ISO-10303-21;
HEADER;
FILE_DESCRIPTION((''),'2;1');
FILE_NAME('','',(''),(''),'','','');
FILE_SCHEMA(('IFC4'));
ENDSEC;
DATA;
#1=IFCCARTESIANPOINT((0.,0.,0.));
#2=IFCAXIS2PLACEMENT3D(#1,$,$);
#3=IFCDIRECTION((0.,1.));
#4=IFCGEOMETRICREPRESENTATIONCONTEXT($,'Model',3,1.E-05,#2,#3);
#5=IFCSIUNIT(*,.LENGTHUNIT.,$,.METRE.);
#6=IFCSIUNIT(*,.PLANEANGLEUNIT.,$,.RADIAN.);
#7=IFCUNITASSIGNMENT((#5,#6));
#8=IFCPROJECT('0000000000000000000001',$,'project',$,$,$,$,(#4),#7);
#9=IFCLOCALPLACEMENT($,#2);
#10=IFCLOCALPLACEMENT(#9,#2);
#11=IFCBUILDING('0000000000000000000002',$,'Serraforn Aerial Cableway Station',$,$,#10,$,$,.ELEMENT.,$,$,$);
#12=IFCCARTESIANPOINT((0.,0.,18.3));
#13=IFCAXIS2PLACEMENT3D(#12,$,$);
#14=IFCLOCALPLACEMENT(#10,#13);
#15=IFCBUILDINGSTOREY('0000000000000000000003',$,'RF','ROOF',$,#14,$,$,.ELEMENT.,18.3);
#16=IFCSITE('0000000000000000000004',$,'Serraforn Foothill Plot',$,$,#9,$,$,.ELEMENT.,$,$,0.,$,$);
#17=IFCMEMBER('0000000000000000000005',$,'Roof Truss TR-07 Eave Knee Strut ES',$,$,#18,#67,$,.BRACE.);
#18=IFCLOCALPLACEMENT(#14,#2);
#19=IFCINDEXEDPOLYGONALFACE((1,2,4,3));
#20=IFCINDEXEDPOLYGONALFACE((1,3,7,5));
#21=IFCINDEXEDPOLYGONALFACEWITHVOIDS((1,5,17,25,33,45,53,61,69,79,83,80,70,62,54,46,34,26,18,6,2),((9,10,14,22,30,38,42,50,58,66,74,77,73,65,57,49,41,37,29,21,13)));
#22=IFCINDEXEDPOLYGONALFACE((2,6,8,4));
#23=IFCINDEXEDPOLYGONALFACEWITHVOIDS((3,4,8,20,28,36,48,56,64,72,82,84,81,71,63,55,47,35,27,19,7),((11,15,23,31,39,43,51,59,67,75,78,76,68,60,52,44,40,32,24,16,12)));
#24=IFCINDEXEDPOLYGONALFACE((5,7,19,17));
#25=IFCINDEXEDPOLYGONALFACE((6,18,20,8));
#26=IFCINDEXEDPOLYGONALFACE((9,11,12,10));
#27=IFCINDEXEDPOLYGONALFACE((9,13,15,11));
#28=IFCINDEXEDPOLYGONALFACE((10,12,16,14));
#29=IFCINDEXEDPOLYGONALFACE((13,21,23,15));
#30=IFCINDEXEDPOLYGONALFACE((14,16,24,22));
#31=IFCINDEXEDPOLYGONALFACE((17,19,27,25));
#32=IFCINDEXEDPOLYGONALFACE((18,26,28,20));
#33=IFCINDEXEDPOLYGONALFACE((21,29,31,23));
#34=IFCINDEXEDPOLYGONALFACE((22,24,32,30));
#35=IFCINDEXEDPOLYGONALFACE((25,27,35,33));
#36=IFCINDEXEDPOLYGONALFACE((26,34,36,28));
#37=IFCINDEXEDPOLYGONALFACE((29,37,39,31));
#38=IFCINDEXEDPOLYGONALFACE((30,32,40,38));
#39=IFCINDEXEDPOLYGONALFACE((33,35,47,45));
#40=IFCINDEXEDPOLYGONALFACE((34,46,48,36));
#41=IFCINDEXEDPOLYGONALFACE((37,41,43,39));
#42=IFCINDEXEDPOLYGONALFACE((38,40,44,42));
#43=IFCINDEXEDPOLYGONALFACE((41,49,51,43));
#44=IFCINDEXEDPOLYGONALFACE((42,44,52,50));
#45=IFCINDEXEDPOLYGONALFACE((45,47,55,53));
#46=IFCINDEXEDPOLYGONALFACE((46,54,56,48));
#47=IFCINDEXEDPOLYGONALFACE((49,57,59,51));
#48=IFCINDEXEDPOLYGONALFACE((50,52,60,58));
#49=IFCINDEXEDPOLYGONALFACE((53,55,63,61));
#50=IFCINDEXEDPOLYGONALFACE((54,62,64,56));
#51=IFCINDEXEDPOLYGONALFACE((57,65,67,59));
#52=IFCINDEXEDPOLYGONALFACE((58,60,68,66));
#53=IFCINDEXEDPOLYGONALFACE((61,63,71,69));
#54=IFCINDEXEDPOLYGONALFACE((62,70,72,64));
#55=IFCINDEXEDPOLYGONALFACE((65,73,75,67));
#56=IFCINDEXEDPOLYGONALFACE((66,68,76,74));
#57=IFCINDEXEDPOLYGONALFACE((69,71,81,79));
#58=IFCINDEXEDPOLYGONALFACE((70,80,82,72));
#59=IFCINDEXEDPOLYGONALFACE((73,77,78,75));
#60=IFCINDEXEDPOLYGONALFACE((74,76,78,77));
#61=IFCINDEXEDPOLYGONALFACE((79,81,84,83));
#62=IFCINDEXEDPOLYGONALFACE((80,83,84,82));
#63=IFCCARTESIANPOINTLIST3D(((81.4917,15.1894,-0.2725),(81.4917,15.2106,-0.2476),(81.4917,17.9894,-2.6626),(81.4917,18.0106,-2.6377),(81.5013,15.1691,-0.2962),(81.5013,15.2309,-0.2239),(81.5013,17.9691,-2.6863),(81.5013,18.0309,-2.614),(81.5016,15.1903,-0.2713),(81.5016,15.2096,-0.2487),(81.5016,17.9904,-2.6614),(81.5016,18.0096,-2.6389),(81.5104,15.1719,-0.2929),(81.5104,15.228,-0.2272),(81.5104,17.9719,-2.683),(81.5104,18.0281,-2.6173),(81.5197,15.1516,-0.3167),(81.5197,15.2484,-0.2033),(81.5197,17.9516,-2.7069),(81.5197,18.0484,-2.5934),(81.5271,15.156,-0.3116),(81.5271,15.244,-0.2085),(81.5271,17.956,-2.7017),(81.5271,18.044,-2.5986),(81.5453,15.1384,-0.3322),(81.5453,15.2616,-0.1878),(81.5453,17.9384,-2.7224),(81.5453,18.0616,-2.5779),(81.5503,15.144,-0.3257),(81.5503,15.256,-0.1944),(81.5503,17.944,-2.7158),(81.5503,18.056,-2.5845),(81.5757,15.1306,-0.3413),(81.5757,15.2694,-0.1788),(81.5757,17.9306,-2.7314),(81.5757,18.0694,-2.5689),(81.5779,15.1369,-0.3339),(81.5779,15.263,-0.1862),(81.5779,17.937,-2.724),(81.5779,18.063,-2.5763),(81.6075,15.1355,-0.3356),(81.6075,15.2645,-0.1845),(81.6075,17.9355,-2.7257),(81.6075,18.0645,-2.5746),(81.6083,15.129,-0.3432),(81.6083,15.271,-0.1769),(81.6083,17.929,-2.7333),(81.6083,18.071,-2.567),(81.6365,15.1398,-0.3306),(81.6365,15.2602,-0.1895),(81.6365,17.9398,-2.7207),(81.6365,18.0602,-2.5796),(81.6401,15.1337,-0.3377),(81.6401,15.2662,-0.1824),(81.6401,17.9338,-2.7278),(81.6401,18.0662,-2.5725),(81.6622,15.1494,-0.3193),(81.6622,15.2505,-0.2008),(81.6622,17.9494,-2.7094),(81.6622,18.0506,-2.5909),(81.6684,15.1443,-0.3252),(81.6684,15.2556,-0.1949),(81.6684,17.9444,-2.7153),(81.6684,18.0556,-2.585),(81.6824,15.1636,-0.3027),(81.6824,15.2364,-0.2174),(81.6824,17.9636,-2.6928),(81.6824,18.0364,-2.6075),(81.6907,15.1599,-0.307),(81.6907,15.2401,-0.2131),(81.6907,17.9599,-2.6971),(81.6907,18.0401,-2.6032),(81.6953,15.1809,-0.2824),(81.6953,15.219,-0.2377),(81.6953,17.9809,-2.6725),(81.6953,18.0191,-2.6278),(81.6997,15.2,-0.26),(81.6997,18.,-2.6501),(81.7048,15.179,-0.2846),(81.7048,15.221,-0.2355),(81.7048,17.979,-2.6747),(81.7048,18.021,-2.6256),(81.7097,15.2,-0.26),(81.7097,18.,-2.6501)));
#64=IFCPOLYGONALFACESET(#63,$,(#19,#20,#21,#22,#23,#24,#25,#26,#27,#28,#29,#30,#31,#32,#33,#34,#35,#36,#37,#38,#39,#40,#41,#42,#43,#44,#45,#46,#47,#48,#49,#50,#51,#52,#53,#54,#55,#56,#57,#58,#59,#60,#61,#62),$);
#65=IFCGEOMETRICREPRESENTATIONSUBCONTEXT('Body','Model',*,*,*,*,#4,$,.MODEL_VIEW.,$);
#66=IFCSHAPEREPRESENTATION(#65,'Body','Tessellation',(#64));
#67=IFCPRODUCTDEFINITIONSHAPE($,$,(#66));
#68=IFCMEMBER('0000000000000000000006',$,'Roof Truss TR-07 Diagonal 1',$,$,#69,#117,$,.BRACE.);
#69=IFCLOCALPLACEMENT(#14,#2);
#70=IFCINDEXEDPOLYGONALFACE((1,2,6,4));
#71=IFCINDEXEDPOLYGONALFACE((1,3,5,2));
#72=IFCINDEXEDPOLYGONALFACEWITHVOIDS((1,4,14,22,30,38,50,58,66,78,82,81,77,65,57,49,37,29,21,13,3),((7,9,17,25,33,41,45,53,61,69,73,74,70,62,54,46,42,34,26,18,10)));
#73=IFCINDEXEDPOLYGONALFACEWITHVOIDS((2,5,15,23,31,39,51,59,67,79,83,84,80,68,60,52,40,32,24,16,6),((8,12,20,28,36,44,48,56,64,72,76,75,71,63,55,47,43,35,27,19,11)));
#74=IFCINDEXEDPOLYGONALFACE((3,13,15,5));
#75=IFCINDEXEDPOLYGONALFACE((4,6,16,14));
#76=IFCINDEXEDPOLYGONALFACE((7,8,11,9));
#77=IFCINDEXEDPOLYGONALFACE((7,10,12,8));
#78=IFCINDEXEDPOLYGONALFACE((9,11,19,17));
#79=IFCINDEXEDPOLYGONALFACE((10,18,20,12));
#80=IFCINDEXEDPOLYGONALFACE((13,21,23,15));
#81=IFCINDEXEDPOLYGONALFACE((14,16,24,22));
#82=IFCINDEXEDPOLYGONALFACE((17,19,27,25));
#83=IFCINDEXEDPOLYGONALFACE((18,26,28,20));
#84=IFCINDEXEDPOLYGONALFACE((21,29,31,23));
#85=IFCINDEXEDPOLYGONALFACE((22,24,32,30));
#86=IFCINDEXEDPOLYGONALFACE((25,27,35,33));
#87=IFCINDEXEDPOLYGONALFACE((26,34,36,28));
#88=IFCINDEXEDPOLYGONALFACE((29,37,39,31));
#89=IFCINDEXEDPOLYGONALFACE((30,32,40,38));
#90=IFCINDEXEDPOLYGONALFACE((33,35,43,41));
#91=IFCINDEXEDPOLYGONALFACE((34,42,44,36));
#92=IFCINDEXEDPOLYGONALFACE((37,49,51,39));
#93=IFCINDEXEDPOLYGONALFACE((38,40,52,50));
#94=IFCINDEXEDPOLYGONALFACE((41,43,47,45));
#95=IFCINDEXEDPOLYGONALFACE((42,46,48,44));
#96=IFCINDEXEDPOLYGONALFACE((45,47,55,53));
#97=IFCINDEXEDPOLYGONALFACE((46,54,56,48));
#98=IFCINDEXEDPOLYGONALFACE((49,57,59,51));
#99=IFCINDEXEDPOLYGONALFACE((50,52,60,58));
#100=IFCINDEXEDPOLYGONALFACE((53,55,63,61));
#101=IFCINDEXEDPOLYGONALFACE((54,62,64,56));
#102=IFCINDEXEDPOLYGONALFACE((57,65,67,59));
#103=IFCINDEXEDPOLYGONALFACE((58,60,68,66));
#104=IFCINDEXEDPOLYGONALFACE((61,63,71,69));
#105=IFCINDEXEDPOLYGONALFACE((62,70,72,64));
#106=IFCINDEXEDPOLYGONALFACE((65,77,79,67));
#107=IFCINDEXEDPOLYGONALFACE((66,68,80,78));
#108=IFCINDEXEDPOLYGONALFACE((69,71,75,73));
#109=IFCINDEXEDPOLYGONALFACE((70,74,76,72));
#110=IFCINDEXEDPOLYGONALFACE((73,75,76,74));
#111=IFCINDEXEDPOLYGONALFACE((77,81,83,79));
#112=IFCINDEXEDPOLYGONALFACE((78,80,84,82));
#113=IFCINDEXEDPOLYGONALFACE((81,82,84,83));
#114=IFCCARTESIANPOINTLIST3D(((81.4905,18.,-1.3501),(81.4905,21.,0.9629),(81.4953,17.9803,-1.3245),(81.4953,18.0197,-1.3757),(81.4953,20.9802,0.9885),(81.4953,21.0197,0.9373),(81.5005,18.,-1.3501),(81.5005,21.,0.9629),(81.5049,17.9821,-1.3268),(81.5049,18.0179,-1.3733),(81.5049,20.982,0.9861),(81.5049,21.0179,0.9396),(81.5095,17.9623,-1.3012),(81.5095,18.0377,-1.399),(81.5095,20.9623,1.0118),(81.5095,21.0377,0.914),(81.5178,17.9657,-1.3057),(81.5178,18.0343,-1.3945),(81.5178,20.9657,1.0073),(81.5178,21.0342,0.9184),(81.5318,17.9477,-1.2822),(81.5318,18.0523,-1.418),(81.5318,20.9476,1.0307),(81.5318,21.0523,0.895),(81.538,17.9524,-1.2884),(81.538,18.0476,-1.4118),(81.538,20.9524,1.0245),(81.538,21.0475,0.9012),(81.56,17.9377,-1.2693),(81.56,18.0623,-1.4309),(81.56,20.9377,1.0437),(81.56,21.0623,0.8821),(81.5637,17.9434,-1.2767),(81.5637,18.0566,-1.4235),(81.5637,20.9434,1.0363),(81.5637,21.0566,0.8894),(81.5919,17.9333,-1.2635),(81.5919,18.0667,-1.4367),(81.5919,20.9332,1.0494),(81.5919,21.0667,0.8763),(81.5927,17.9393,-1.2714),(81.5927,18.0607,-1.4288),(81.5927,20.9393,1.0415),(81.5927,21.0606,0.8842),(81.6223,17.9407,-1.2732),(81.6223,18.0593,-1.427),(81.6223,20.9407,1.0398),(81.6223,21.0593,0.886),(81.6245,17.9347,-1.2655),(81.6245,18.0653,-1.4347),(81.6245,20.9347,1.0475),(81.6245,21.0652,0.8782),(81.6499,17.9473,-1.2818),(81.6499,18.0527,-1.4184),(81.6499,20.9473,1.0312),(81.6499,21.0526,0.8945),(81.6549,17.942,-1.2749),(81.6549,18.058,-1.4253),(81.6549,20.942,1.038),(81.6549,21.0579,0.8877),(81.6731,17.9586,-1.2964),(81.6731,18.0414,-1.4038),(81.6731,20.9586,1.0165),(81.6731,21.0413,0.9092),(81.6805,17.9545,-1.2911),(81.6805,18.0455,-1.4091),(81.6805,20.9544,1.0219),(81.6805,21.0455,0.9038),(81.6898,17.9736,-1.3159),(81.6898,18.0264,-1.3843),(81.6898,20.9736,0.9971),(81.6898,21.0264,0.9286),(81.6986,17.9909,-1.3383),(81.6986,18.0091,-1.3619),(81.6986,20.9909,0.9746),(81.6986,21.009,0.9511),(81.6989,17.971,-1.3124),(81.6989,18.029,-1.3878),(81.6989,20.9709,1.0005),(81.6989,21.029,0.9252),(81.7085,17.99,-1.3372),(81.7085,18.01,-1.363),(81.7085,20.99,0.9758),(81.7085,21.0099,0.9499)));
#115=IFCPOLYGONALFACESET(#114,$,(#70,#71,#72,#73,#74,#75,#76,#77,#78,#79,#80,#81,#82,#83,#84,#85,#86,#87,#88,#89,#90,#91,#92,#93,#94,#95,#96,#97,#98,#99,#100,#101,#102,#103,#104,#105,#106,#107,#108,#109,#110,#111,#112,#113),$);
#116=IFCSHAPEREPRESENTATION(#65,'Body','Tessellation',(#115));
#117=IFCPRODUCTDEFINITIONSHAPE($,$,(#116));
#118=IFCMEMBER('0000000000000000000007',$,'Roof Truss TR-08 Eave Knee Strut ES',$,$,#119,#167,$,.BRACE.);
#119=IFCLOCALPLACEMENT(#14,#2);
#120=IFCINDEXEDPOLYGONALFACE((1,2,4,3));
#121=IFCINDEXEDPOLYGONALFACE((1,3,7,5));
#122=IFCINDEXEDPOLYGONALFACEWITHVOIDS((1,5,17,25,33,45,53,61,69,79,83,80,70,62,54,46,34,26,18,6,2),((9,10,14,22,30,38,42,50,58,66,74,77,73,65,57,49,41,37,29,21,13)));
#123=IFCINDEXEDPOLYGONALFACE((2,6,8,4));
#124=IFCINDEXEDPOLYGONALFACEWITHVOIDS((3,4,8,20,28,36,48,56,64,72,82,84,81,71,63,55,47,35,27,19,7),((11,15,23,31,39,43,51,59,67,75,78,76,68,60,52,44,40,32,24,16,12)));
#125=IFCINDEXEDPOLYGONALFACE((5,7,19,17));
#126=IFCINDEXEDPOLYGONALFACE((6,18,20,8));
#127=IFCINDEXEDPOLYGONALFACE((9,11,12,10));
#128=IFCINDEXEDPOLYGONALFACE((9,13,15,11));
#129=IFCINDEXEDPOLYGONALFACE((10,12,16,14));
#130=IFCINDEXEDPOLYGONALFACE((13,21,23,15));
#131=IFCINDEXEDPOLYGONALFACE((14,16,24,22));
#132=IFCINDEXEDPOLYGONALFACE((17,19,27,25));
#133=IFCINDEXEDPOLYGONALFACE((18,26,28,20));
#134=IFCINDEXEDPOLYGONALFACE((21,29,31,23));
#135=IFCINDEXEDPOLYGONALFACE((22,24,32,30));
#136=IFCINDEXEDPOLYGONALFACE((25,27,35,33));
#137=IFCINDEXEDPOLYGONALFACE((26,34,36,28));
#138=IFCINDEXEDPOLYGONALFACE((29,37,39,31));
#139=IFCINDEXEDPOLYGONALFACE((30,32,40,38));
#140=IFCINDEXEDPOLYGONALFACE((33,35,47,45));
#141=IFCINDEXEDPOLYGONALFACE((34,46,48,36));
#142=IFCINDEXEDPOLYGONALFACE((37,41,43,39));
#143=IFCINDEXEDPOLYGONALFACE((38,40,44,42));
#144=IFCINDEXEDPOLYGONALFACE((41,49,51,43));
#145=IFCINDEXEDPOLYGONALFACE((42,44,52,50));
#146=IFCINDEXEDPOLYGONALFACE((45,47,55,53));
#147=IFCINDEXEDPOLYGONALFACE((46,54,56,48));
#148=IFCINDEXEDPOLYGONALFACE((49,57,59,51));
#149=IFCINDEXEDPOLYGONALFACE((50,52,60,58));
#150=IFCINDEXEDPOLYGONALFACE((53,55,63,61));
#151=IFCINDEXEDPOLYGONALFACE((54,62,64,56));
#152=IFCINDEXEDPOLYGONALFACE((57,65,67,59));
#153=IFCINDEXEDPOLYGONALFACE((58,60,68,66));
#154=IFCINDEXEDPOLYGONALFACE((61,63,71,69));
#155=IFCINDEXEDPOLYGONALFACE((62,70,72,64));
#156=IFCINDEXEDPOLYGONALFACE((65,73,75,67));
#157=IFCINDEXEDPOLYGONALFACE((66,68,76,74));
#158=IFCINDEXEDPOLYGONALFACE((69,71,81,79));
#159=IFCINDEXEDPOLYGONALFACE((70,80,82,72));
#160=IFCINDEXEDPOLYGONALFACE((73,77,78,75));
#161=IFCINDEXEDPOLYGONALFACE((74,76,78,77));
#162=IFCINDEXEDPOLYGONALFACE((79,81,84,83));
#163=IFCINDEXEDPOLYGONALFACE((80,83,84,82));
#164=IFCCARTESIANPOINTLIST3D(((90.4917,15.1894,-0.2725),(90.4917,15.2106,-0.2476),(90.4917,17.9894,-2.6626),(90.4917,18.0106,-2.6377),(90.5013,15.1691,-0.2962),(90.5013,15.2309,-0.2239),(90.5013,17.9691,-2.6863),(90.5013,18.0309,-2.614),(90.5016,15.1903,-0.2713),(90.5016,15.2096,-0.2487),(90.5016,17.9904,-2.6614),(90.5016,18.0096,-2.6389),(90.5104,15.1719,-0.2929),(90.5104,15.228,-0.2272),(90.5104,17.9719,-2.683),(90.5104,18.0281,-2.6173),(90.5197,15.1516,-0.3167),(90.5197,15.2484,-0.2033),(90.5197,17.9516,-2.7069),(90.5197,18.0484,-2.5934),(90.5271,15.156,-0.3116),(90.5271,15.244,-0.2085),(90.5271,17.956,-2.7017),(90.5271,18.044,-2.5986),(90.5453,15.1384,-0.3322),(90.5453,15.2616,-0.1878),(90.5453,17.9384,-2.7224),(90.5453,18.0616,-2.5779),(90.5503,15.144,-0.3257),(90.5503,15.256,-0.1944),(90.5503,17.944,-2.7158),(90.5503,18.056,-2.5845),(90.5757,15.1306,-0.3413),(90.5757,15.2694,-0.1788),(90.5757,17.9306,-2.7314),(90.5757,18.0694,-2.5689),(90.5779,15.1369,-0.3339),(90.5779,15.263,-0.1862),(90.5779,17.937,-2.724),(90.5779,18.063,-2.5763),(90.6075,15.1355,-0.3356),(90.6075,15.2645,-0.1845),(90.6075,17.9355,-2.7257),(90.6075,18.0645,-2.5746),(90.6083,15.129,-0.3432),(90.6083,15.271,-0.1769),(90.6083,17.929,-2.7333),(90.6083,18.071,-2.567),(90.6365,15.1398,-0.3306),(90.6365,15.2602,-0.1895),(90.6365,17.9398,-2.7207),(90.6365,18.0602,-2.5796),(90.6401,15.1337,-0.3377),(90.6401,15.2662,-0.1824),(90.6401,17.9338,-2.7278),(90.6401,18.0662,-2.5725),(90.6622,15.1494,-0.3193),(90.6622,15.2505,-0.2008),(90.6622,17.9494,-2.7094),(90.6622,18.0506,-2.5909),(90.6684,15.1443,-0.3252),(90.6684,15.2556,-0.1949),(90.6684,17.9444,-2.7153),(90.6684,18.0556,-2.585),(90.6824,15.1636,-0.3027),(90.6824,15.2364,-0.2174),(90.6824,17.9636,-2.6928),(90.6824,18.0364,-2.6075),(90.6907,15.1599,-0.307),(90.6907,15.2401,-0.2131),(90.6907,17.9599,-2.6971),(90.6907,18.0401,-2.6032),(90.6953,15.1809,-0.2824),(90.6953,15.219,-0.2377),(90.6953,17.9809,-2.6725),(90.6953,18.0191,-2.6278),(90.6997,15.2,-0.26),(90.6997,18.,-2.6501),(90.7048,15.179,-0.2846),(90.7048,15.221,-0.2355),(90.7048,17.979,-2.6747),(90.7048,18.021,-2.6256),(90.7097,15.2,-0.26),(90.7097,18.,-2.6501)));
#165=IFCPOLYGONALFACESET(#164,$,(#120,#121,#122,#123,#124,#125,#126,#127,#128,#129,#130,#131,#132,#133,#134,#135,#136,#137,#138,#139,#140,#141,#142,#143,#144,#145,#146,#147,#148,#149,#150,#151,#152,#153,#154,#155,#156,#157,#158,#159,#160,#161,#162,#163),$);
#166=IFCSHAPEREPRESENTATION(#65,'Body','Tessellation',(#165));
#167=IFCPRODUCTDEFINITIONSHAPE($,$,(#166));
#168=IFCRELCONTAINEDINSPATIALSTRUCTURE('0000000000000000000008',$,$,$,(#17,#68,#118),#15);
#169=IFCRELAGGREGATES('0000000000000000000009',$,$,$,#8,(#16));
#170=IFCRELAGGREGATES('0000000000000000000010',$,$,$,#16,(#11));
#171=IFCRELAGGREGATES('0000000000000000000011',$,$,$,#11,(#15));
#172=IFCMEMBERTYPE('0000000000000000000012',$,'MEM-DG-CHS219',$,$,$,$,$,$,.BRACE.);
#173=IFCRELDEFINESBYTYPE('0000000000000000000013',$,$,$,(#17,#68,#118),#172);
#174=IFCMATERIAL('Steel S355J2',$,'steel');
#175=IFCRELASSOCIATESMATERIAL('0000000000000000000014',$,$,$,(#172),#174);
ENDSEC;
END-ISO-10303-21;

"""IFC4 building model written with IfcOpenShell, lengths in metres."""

from ifc_helpers import new_model, si_unit, direction, frame, origin, origin_2d, place, context, subcontext, project, spatial, hollow_circle, extrude, material, material_profile, profile_set, type_object, element, save


model = new_model("IFC4")

# Units and contexts
model_context = context("Model", 3, precision=1e-05, world=origin(), true_north=direction((0.0, 1.0)))
body_context = subcontext(model_context, "Body", "Model", "MODEL_VIEW")
ifc_project = project(units=[si_unit("LENGTHUNIT", "METRE"), si_unit("PLANEANGLEUNIT", "RADIAN")], contexts=[model_context])

# Site, building, storey
site_placement = place(None, origin())
site = spatial("IfcSite", under=ifc_project, at=site_placement, Name="Serraforn Foothill Plot", CompositionType="ELEMENT", RefElevation=0.0)
building_placement = place(site_placement, origin())
building = spatial("IfcBuilding", under=site, at=building_placement, Name="Serraforn Aerial Cableway Station", CompositionType="ELEMENT")
storey_placement = place(building_placement, frame((0.0, 0.0, 18.3)))
storey = spatial("IfcBuildingStorey", under=building, at=storey_placement, Name="RF", Description="ROOF", CompositionType="ELEMENT", Elevation=18.3)

# Members
ifc_material_1 = material(Name="Steel S355J2", Category="steel")
ifc_material_profile_1 = material_profile(ifc_material_1, hollow_circle(Radius=0.1096, WallThickness=0.01, at=origin_2d()), Name="CHS 219.1x10.0")
ifc_profile_set_1 = profile_set([ifc_material_profile_1], Name="Steel S355J2")
member_type_1 = type_object("IfcMemberType", Name="MEM-DG-CHS219", PredefinedType="BRACE", material=ifc_profile_set_1)
member_1_placement = place(storey_placement, frame((81.6001, 18.0, -2.6501), z_axis=(0.0, -0.760584, 0.649239), x_axis=(1.0, 0.0, 0.0)))
element("IfcMember", 1, at=member_1_placement, inside=storey, type_object=member_type_1, Name="Roof Truss TR-07 Eave Knee Strut ES", PredefinedType="BRACE", context=body_context, shape_type="SweptSolid", body=[
    extrude(hollow_circle(Radius=0.1096, WallThickness=0.01, at=origin_2d()), origin(), (0.0, 0.0, 1.0), 3.6814),
])
member_2_placement = place(storey_placement, frame((81.6001, 18.0, -1.3501), z_axis=(0.0, 0.791948, 0.610589), x_axis=(-1.0, 0.0, 0.0)))
element("IfcMember", 2, at=member_2_placement, inside=storey, type_object=member_type_1, Name="Roof Truss TR-07 Diagonal 1", PredefinedType="BRACE", context=body_context, shape_type="SweptSolid", body=[
    extrude(hollow_circle(Radius=0.1096, WallThickness=0.01, at=origin_2d()), origin(), (0.0, 0.0, 1.0), 3.7881),
])
member_3_placement = place(storey_placement, frame((90.6001, 18.0, -2.6501), z_axis=(0.0, -0.760584, 0.649239), x_axis=(1.0, 0.0, 0.0)))
element("IfcMember", 3, at=member_3_placement, inside=storey, type_object=member_type_1, Name="Roof Truss TR-08 Eave Knee Strut ES", PredefinedType="BRACE", context=body_context, shape_type="SweptSolid", body=[
    extrude(hollow_circle(Radius=0.1096, WallThickness=0.01, at=origin_2d()), origin(), (0.0, 0.0, 1.0), 3.6814),
])

save(model, "model.ifc")
